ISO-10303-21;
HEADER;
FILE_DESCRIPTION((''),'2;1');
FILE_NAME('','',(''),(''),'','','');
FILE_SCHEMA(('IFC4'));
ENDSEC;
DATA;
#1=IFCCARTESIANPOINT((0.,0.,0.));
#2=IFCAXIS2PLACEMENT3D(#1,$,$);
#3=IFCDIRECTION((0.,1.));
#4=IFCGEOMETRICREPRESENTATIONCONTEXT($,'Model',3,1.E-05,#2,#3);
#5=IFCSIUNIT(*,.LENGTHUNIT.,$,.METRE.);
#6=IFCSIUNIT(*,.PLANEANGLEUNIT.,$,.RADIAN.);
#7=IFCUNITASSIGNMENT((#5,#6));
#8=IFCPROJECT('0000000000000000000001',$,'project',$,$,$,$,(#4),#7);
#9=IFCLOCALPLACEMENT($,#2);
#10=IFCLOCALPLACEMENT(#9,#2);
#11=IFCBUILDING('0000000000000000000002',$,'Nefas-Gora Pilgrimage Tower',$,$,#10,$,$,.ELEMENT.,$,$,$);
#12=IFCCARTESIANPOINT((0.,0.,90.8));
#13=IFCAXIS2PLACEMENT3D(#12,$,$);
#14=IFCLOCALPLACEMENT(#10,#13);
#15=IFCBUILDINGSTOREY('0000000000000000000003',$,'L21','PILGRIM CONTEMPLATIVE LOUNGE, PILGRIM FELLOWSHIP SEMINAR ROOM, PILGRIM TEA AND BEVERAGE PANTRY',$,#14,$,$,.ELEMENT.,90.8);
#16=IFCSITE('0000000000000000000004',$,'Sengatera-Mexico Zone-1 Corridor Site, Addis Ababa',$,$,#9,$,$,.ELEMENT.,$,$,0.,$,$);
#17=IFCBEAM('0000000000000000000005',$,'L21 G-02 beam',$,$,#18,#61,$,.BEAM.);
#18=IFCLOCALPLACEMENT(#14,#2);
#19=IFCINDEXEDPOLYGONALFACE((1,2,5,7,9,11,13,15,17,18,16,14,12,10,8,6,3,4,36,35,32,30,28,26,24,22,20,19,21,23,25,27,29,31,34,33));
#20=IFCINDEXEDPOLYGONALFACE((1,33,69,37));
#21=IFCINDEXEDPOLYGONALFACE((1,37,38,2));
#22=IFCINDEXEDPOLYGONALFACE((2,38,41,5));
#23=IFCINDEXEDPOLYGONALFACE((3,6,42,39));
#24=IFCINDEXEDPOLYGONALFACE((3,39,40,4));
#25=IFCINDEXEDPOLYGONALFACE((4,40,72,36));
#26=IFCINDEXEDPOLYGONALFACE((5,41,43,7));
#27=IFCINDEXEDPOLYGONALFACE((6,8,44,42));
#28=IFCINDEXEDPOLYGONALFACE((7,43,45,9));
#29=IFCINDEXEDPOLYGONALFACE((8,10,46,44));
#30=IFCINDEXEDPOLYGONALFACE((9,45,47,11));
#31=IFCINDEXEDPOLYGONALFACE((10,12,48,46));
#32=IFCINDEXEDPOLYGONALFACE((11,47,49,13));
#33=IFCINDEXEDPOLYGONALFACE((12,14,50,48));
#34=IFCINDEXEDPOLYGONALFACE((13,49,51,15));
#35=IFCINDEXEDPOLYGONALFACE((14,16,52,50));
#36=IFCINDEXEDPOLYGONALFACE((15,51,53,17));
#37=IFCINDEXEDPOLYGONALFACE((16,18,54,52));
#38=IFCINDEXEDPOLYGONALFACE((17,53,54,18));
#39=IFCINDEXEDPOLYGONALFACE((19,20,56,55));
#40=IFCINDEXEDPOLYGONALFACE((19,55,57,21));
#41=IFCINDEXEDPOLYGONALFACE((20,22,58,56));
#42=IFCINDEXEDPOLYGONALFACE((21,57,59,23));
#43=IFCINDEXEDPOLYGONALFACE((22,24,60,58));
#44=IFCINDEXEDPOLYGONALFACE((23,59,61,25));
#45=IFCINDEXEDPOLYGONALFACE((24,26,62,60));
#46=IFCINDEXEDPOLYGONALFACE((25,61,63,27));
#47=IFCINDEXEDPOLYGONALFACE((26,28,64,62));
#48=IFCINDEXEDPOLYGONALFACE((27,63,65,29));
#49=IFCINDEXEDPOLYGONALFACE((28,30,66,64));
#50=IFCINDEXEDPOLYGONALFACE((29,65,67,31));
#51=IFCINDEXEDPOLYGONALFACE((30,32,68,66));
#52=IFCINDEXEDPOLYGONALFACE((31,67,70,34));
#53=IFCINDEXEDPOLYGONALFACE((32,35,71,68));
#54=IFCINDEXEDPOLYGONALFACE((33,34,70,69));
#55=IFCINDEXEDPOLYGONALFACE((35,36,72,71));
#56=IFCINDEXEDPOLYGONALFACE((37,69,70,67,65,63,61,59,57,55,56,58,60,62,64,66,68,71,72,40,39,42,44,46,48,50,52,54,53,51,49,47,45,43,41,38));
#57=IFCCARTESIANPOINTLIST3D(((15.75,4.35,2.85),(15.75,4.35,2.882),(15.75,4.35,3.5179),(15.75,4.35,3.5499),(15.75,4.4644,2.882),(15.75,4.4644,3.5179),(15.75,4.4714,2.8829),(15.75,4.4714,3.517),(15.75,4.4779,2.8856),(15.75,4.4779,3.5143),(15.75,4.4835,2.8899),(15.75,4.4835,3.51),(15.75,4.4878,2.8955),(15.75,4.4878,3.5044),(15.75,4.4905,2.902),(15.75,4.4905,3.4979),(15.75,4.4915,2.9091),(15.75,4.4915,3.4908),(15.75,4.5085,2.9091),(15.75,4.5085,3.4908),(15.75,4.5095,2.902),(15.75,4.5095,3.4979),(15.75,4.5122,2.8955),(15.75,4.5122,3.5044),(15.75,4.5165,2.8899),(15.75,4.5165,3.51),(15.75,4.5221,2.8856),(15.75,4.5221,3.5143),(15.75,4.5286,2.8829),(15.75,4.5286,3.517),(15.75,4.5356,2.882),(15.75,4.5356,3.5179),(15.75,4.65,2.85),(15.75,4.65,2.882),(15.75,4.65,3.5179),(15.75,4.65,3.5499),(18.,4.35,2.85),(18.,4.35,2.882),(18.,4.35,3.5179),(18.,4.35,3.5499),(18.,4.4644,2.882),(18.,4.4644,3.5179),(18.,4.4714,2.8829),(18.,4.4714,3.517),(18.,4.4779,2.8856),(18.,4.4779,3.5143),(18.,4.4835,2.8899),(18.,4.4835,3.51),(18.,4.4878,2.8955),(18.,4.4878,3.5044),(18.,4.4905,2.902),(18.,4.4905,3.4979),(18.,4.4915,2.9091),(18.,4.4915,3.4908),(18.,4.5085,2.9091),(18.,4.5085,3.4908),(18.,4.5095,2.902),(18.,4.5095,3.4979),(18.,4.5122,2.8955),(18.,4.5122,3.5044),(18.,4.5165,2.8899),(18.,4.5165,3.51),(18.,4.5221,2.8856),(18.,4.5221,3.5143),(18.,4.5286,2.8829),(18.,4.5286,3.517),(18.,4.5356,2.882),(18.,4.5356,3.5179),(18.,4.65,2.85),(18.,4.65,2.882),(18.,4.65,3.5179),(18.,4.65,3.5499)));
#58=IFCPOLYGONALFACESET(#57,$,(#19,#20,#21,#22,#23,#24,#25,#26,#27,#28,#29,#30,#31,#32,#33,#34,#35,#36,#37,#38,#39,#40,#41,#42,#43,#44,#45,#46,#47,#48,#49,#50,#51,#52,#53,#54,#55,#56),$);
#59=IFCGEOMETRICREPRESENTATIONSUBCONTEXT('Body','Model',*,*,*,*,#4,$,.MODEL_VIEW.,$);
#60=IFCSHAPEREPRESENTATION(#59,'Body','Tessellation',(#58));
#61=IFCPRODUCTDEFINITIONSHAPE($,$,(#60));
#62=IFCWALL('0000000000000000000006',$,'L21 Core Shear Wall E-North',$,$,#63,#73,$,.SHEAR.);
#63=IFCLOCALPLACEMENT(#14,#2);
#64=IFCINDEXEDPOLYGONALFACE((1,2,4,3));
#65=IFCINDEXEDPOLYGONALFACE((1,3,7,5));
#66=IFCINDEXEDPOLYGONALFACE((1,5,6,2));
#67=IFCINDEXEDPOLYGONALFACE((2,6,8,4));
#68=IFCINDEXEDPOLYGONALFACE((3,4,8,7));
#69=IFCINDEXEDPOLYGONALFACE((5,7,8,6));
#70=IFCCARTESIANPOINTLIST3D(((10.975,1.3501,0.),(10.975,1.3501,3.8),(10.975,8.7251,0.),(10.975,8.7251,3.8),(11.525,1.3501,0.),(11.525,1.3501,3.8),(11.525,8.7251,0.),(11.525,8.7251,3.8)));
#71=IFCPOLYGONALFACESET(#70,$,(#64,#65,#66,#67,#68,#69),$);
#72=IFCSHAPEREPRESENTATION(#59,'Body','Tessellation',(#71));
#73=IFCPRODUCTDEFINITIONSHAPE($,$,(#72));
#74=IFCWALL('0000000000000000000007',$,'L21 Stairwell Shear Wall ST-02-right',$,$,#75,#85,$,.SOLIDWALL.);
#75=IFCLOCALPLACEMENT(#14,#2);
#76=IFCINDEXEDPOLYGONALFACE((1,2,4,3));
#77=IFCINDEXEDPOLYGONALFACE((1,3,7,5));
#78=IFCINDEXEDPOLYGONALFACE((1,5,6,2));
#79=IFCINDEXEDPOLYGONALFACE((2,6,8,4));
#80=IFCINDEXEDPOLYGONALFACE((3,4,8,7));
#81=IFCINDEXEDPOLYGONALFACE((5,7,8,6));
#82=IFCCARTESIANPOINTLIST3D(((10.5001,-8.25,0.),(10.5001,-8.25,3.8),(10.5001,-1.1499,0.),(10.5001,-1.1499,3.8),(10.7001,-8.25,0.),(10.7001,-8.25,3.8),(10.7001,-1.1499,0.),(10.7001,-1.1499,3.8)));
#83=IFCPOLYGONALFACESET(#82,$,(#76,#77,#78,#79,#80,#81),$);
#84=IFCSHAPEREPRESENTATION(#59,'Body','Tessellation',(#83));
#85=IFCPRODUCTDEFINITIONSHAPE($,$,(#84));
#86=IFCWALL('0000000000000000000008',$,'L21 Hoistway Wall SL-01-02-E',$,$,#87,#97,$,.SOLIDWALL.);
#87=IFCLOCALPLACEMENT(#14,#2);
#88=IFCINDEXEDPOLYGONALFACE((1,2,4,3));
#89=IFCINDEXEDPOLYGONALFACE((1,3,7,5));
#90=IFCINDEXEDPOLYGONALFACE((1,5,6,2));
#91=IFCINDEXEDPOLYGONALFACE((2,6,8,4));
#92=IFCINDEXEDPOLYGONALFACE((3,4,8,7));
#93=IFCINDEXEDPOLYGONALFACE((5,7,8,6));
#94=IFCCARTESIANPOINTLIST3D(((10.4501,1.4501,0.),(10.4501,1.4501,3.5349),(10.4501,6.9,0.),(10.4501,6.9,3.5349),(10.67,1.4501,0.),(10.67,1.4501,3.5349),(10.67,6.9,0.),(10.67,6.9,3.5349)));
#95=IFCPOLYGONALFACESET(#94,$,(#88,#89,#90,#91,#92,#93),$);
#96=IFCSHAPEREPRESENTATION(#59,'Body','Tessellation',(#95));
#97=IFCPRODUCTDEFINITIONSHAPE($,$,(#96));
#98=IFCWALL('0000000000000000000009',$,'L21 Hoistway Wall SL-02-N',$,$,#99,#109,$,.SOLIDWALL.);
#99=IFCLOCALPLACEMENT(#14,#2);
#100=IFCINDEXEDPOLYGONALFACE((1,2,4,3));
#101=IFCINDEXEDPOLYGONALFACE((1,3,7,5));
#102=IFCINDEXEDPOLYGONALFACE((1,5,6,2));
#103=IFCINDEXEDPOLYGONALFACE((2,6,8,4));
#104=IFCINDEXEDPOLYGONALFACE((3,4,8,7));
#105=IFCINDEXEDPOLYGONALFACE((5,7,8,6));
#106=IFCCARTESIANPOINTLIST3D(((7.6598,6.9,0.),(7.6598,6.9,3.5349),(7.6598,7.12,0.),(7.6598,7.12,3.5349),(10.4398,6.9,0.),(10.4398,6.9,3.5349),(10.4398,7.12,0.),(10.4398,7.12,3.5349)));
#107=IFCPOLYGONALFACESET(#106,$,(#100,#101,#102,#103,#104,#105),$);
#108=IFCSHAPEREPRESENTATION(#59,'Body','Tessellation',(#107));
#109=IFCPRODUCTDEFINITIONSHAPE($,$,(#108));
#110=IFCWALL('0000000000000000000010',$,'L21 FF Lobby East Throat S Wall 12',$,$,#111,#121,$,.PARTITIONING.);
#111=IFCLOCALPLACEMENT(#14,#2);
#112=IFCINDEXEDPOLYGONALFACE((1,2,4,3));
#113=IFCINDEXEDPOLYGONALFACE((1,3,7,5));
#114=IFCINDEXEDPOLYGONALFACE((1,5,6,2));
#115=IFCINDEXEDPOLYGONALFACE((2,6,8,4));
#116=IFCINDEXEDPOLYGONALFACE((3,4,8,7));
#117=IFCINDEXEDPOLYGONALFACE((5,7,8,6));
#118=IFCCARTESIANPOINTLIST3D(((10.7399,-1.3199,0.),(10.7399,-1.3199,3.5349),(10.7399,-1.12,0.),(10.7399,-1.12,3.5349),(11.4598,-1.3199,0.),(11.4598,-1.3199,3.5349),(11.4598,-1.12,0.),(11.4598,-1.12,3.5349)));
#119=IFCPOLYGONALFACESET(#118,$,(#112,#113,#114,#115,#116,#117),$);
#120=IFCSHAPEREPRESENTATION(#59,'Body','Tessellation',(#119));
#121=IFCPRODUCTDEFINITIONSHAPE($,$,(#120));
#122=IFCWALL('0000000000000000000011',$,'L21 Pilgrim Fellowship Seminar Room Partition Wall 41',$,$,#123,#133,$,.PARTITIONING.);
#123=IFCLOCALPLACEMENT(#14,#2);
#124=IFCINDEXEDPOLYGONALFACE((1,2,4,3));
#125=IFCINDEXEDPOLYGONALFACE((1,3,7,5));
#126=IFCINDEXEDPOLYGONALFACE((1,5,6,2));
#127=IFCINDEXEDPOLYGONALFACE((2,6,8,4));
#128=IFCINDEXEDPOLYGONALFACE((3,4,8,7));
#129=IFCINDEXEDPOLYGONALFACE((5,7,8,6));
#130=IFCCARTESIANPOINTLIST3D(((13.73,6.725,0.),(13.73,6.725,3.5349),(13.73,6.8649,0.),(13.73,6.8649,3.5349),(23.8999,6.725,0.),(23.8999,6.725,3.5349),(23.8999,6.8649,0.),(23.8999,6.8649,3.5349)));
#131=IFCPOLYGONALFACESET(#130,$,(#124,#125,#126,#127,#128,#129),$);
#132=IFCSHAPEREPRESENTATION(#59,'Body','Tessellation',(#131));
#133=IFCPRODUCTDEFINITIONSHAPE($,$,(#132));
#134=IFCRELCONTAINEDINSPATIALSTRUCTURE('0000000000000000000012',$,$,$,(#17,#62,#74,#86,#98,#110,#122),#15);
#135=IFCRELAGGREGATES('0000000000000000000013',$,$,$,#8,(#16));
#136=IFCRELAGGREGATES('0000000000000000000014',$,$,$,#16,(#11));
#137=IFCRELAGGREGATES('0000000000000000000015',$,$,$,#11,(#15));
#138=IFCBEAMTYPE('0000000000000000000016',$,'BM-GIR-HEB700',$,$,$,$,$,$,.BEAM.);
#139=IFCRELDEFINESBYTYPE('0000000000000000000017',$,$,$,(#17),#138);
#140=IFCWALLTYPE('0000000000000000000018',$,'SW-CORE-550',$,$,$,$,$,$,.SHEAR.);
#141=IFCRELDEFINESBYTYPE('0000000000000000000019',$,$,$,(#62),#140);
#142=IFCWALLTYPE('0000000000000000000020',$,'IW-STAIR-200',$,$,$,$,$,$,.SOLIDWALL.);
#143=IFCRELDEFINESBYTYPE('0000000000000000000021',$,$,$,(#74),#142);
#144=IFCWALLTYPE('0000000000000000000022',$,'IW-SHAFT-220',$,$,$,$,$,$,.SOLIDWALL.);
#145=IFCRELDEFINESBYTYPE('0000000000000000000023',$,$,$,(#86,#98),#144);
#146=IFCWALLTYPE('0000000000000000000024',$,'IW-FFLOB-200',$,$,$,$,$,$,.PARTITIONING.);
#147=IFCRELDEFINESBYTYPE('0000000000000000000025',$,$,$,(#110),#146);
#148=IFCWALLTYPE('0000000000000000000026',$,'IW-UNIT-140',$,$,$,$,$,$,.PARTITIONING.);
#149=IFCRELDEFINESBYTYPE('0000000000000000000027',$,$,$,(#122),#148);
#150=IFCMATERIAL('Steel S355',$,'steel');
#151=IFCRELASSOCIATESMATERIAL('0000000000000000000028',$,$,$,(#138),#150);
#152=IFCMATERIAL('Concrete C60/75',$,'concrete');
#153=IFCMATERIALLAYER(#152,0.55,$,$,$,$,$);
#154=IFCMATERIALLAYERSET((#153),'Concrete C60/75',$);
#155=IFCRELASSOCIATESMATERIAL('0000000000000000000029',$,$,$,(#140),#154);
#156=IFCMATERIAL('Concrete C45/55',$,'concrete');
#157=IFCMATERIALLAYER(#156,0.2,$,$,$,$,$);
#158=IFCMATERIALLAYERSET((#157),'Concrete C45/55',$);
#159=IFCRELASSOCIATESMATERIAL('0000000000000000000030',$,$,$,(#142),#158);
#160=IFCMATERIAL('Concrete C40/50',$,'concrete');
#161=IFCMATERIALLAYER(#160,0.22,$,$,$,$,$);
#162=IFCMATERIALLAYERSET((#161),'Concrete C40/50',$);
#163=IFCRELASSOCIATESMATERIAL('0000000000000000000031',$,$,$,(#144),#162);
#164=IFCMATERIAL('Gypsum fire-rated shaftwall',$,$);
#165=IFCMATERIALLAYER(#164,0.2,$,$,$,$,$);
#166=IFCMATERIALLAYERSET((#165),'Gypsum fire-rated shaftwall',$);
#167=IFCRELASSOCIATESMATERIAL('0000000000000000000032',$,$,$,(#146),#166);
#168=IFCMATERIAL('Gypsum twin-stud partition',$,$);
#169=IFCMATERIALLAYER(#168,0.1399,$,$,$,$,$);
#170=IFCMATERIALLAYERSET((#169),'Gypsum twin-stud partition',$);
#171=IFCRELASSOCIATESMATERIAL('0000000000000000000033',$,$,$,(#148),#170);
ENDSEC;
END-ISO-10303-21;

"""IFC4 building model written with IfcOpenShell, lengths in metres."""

from ifc_helpers import new_model, si_unit, direction, frame, frame_2d, origin, origin_2d, place, context, subcontext, project, spatial, rectangle, i_section, extrude, source, transform, mapped, material, layer, layer_set, material_profile, profile_set, type_object, element, save


model = new_model("IFC4")

# Units and contexts
model_context = context("Model", 3, precision=1e-05, world=origin(), true_north=direction((0.0, 1.0)))
body_context = subcontext(model_context, "Body", "Model", "MODEL_VIEW")
ifc_project = project(units=[si_unit("LENGTHUNIT", "METRE"), si_unit("PLANEANGLEUNIT", "RADIAN")], contexts=[model_context])

# Site, building, storey
site_placement = place(None, origin())
site = spatial("IfcSite", under=ifc_project, at=site_placement, Name="Sengatera-Mexico Zone-1 Corridor Site, Addis Ababa", CompositionType="ELEMENT", RefElevation=0.0)
building_placement = place(site_placement, origin())
building = spatial("IfcBuilding", under=site, at=building_placement, Name="Nefas-Gora Pilgrimage Tower", CompositionType="ELEMENT")
storey_placement = place(building_placement, frame((0.0, 0.0, 90.8)))
storey = spatial("IfcBuildingStorey", under=building, at=storey_placement, Name="L21", Description="PILGRIM CONTEMPLATIVE LOUNGE, PILGRIM FELLOWSHIP SEMINAR ROOM, PILGRIM TEA AND BEVERAGE PANTRY", CompositionType="ELEMENT", Elevation=90.8)

# Beam
ifc_material_1 = material(Name="Steel S355", Category="steel")
ifc_material_profile_1 = material_profile(ifc_material_1, i_section(OverallWidth=0.3, OverallDepth=0.7, WebThickness=0.0171, FlangeThickness=0.032, FilletRadius=0.0271, at=origin_2d()), Name="HEB 700")
ifc_profile_set_1 = profile_set([ifc_material_profile_1], Name="Steel S355")
beam_type = type_object("IfcBeamType", Name="BM-GIR-HEB700", PredefinedType="BEAM", material=ifc_profile_set_1)
shared_shape_1 = source(origin(), body_context, "Body", "SweptSolid", [
    extrude(i_section(OverallWidth=0.3, OverallDepth=0.7, WebThickness=0.0171, FlangeThickness=0.032, FilletRadius=0.0271, at=origin_2d()), origin(), (0.0, 0.0, 1.0), 2.25),
])
for number, where, z_axis, x_axis, name in (
    (1, (15.75, 4.5, 3.2), (1.0, 0.0, 0.0), (0.0, 1.0, 0.0), "L21 G-02 beam"),
):
    element("IfcBeam", number, at=place(storey_placement, frame(where, z_axis=z_axis, x_axis=x_axis)), inside=storey, type_object=beam_type, Name=name, PredefinedType="BEAM", context=body_context, shape_type="MappedRepresentation", body=[
        mapped(shared_shape_1, transform((0.0, 0.0, 0.0), x_axis=(1.0, 0.0, 0.0), y_axis=(0.0, 1.0, 0.0), z_axis=(0.0, 0.0, 1.0), scale=1.0)),
    ])

# Walls
ifc_material_2 = material(Name="Concrete C60/75", Category="concrete")
ifc_layer_1 = layer(ifc_material_2, 0.55)
ifc_layer_set_1 = layer_set([ifc_layer_1], Name="Concrete C60/75")
wall_type_1 = type_object("IfcWallType", Name="SW-CORE-550", PredefinedType="SHEAR", material=ifc_layer_set_1)
shared_shape_2 = source(origin(), body_context, "Body", "SweptSolid", [
    extrude(rectangle(XDim=7.375, YDim=0.55, at=frame_2d((3.6875, 0.0))), origin(), (0.0, 0.0, 1.0), 3.8),
])
wall_1_placement = place(storey_placement, frame((11.25, 1.3501, 0.0), z_axis=(0.0, 0.0, 1.0), x_axis=(0.0, 1.0, 0.0)))
element("IfcWall", 2, at=wall_1_placement, inside=storey, type_object=wall_type_1, Name="L21 Core Shear Wall E-North", PredefinedType="SHEAR", context=body_context, shape_type="MappedRepresentation", body=[
    mapped(shared_shape_2, transform((0.0, 0.0, 0.0), x_axis=(1.0, 0.0, 0.0), y_axis=(0.0, 1.0, 0.0), z_axis=(0.0, 0.0, 1.0), scale=1.0)),
])
ifc_material_3 = material(Name="Concrete C45/55", Category="concrete")
ifc_layer_2 = layer(ifc_material_3, 0.2)
ifc_layer_set_2 = layer_set([ifc_layer_2], Name="Concrete C45/55")
wall_type_2 = type_object("IfcWallType", Name="IW-STAIR-200", PredefinedType="SOLIDWALL", material=ifc_layer_set_2)
shared_shape_3 = source(origin(), body_context, "Body", "SweptSolid", [
    extrude(rectangle(XDim=7.1001, YDim=0.2, at=frame_2d((3.55, 0.0))), origin(), (0.0, 0.0, 1.0), 3.8),
])
wall_2_placement = place(storey_placement, frame((10.6001, -1.1499, 0.0), z_axis=(0.0, 0.0, 1.0), x_axis=(0.0, -1.0, 0.0)))
element("IfcWall", 3, at=wall_2_placement, inside=storey, type_object=wall_type_2, Name="L21 Stairwell Shear Wall ST-02-right", PredefinedType="SOLIDWALL", context=body_context, shape_type="MappedRepresentation", body=[
    mapped(shared_shape_3, transform((0.0, 0.0, 0.0), x_axis=(1.0, 0.0, 0.0), y_axis=(0.0, 1.0, 0.0), z_axis=(0.0, 0.0, 1.0), scale=1.0)),
])
ifc_material_4 = material(Name="Concrete C40/50", Category="concrete")
ifc_layer_3 = layer(ifc_material_4, 0.22)
ifc_layer_set_3 = layer_set([ifc_layer_3], Name="Concrete C40/50")
wall_type_3 = type_object("IfcWallType", Name="IW-SHAFT-220", PredefinedType="SOLIDWALL", material=ifc_layer_set_3)
shared_shape_4 = source(origin(), body_context, "Body", "SweptSolid", [
    extrude(rectangle(XDim=5.45, YDim=0.22, at=frame_2d((2.7251, 0.0))), origin(), (0.0, 0.0, 1.0), 3.5349),
])
wall_3_placement = place(storey_placement, frame((10.5601, 1.45, 0.0), z_axis=(0.0, 0.0, 1.0), x_axis=(0.0, 1.0, 0.0)))
element("IfcWall", 4, at=wall_3_placement, inside=storey, type_object=wall_type_3, Name="L21 Hoistway Wall SL-01-02-E", PredefinedType="SOLIDWALL", context=body_context, shape_type="MappedRepresentation", body=[
    mapped(shared_shape_4, transform((0.0, 0.0, 0.0), x_axis=(1.0, 0.0, 0.0), y_axis=(0.0, 1.0, 0.0), z_axis=(0.0, 0.0, 1.0), scale=1.0)),
])
shared_shape_5 = source(origin(), body_context, "Body", "SweptSolid", [
    extrude(rectangle(XDim=2.78, YDim=0.22, at=frame_2d((1.3901, 0.0))), origin(), (0.0, 0.0, 1.0), 3.5349),
])
wall_4_placement = place(storey_placement, frame((10.4399, 7.01, 0.0), z_axis=(0.0, 0.0, 1.0), x_axis=(-1.0, 0.0, 0.0)))
element("IfcWall", 5, at=wall_4_placement, inside=storey, type_object=wall_type_3, Name="L21 Hoistway Wall SL-02-N", PredefinedType="SOLIDWALL", context=body_context, shape_type="MappedRepresentation", body=[
    mapped(shared_shape_5, transform((0.0, 0.0, 0.0), x_axis=(1.0, 0.0, 0.0), y_axis=(0.0, 1.0, 0.0), z_axis=(0.0, 0.0, 1.0), scale=1.0)),
])

# Shared definitions
ifc_material_5 = material(Name="Gypsum fire-rated shaftwall")
ifc_layer_4 = layer(ifc_material_5, 0.2)
ifc_layer_set_4 = layer_set([ifc_layer_4], Name="Gypsum fire-rated shaftwall")
wall_type_4 = type_object("IfcWallType", Name="IW-FFLOB-200", PredefinedType="PARTITIONING", material=ifc_layer_set_4)

# Walls
shared_shape_6 = source(origin(), body_context, "Body", "SweptSolid", [
    extrude(rectangle(XDim=0.72, YDim=0.2, at=frame_2d((0.3599, 0.0))), origin(), (0.0, 0.0, 1.0), 3.5349),
])
wall_5_placement = place(storey_placement, frame((10.74, -1.22, 0.0), z_axis=(0.0, 0.0, 1.0), x_axis=(1.0, 0.0, 0.0)))
element("IfcWall", 6, at=wall_5_placement, inside=storey, type_object=wall_type_4, Name="L21 FF Lobby East Throat S Wall 12", PredefinedType="PARTITIONING", context=body_context, shape_type="MappedRepresentation", body=[
    mapped(shared_shape_6, transform((0.0, 0.0, 0.0), x_axis=(1.0, 0.0, 0.0), y_axis=(0.0, 1.0, 0.0), z_axis=(0.0, 0.0, 1.0), scale=1.0)),
])
ifc_material_6 = material(Name="Gypsum twin-stud partition")
ifc_layer_5 = layer(ifc_material_6, 0.1399)
ifc_layer_set_5 = layer_set([ifc_layer_5], Name="Gypsum twin-stud partition")
wall_type_5 = type_object("IfcWallType", Name="IW-UNIT-140", PredefinedType="PARTITIONING", material=ifc_layer_set_5)
shared_shape_7 = source(origin(), body_context, "Body", "SweptSolid", [
    extrude(rectangle(XDim=10.1699, YDim=0.1399, at=frame_2d((5.085, 0.0))), origin(), (0.0, 0.0, 1.0), 3.5349),
])
wall_6_placement = place(storey_placement, frame((13.73, 6.7949, 0.0), z_axis=(0.0, 0.0, 1.0), x_axis=(1.0, 0.0, 0.0)))
element("IfcWall", 7, at=wall_6_placement, inside=storey, type_object=wall_type_5, Name="L21 Pilgrim Fellowship Seminar Room Partition Wall 41", PredefinedType="PARTITIONING", context=body_context, shape_type="MappedRepresentation", body=[
    mapped(shared_shape_7, transform((0.0, 0.0, 0.0), x_axis=(1.0, 0.0, 0.0), y_axis=(0.0, 1.0, 0.0), z_axis=(0.0, 0.0, 1.0), scale=1.0)),
])

save(model, "model.ifc")
